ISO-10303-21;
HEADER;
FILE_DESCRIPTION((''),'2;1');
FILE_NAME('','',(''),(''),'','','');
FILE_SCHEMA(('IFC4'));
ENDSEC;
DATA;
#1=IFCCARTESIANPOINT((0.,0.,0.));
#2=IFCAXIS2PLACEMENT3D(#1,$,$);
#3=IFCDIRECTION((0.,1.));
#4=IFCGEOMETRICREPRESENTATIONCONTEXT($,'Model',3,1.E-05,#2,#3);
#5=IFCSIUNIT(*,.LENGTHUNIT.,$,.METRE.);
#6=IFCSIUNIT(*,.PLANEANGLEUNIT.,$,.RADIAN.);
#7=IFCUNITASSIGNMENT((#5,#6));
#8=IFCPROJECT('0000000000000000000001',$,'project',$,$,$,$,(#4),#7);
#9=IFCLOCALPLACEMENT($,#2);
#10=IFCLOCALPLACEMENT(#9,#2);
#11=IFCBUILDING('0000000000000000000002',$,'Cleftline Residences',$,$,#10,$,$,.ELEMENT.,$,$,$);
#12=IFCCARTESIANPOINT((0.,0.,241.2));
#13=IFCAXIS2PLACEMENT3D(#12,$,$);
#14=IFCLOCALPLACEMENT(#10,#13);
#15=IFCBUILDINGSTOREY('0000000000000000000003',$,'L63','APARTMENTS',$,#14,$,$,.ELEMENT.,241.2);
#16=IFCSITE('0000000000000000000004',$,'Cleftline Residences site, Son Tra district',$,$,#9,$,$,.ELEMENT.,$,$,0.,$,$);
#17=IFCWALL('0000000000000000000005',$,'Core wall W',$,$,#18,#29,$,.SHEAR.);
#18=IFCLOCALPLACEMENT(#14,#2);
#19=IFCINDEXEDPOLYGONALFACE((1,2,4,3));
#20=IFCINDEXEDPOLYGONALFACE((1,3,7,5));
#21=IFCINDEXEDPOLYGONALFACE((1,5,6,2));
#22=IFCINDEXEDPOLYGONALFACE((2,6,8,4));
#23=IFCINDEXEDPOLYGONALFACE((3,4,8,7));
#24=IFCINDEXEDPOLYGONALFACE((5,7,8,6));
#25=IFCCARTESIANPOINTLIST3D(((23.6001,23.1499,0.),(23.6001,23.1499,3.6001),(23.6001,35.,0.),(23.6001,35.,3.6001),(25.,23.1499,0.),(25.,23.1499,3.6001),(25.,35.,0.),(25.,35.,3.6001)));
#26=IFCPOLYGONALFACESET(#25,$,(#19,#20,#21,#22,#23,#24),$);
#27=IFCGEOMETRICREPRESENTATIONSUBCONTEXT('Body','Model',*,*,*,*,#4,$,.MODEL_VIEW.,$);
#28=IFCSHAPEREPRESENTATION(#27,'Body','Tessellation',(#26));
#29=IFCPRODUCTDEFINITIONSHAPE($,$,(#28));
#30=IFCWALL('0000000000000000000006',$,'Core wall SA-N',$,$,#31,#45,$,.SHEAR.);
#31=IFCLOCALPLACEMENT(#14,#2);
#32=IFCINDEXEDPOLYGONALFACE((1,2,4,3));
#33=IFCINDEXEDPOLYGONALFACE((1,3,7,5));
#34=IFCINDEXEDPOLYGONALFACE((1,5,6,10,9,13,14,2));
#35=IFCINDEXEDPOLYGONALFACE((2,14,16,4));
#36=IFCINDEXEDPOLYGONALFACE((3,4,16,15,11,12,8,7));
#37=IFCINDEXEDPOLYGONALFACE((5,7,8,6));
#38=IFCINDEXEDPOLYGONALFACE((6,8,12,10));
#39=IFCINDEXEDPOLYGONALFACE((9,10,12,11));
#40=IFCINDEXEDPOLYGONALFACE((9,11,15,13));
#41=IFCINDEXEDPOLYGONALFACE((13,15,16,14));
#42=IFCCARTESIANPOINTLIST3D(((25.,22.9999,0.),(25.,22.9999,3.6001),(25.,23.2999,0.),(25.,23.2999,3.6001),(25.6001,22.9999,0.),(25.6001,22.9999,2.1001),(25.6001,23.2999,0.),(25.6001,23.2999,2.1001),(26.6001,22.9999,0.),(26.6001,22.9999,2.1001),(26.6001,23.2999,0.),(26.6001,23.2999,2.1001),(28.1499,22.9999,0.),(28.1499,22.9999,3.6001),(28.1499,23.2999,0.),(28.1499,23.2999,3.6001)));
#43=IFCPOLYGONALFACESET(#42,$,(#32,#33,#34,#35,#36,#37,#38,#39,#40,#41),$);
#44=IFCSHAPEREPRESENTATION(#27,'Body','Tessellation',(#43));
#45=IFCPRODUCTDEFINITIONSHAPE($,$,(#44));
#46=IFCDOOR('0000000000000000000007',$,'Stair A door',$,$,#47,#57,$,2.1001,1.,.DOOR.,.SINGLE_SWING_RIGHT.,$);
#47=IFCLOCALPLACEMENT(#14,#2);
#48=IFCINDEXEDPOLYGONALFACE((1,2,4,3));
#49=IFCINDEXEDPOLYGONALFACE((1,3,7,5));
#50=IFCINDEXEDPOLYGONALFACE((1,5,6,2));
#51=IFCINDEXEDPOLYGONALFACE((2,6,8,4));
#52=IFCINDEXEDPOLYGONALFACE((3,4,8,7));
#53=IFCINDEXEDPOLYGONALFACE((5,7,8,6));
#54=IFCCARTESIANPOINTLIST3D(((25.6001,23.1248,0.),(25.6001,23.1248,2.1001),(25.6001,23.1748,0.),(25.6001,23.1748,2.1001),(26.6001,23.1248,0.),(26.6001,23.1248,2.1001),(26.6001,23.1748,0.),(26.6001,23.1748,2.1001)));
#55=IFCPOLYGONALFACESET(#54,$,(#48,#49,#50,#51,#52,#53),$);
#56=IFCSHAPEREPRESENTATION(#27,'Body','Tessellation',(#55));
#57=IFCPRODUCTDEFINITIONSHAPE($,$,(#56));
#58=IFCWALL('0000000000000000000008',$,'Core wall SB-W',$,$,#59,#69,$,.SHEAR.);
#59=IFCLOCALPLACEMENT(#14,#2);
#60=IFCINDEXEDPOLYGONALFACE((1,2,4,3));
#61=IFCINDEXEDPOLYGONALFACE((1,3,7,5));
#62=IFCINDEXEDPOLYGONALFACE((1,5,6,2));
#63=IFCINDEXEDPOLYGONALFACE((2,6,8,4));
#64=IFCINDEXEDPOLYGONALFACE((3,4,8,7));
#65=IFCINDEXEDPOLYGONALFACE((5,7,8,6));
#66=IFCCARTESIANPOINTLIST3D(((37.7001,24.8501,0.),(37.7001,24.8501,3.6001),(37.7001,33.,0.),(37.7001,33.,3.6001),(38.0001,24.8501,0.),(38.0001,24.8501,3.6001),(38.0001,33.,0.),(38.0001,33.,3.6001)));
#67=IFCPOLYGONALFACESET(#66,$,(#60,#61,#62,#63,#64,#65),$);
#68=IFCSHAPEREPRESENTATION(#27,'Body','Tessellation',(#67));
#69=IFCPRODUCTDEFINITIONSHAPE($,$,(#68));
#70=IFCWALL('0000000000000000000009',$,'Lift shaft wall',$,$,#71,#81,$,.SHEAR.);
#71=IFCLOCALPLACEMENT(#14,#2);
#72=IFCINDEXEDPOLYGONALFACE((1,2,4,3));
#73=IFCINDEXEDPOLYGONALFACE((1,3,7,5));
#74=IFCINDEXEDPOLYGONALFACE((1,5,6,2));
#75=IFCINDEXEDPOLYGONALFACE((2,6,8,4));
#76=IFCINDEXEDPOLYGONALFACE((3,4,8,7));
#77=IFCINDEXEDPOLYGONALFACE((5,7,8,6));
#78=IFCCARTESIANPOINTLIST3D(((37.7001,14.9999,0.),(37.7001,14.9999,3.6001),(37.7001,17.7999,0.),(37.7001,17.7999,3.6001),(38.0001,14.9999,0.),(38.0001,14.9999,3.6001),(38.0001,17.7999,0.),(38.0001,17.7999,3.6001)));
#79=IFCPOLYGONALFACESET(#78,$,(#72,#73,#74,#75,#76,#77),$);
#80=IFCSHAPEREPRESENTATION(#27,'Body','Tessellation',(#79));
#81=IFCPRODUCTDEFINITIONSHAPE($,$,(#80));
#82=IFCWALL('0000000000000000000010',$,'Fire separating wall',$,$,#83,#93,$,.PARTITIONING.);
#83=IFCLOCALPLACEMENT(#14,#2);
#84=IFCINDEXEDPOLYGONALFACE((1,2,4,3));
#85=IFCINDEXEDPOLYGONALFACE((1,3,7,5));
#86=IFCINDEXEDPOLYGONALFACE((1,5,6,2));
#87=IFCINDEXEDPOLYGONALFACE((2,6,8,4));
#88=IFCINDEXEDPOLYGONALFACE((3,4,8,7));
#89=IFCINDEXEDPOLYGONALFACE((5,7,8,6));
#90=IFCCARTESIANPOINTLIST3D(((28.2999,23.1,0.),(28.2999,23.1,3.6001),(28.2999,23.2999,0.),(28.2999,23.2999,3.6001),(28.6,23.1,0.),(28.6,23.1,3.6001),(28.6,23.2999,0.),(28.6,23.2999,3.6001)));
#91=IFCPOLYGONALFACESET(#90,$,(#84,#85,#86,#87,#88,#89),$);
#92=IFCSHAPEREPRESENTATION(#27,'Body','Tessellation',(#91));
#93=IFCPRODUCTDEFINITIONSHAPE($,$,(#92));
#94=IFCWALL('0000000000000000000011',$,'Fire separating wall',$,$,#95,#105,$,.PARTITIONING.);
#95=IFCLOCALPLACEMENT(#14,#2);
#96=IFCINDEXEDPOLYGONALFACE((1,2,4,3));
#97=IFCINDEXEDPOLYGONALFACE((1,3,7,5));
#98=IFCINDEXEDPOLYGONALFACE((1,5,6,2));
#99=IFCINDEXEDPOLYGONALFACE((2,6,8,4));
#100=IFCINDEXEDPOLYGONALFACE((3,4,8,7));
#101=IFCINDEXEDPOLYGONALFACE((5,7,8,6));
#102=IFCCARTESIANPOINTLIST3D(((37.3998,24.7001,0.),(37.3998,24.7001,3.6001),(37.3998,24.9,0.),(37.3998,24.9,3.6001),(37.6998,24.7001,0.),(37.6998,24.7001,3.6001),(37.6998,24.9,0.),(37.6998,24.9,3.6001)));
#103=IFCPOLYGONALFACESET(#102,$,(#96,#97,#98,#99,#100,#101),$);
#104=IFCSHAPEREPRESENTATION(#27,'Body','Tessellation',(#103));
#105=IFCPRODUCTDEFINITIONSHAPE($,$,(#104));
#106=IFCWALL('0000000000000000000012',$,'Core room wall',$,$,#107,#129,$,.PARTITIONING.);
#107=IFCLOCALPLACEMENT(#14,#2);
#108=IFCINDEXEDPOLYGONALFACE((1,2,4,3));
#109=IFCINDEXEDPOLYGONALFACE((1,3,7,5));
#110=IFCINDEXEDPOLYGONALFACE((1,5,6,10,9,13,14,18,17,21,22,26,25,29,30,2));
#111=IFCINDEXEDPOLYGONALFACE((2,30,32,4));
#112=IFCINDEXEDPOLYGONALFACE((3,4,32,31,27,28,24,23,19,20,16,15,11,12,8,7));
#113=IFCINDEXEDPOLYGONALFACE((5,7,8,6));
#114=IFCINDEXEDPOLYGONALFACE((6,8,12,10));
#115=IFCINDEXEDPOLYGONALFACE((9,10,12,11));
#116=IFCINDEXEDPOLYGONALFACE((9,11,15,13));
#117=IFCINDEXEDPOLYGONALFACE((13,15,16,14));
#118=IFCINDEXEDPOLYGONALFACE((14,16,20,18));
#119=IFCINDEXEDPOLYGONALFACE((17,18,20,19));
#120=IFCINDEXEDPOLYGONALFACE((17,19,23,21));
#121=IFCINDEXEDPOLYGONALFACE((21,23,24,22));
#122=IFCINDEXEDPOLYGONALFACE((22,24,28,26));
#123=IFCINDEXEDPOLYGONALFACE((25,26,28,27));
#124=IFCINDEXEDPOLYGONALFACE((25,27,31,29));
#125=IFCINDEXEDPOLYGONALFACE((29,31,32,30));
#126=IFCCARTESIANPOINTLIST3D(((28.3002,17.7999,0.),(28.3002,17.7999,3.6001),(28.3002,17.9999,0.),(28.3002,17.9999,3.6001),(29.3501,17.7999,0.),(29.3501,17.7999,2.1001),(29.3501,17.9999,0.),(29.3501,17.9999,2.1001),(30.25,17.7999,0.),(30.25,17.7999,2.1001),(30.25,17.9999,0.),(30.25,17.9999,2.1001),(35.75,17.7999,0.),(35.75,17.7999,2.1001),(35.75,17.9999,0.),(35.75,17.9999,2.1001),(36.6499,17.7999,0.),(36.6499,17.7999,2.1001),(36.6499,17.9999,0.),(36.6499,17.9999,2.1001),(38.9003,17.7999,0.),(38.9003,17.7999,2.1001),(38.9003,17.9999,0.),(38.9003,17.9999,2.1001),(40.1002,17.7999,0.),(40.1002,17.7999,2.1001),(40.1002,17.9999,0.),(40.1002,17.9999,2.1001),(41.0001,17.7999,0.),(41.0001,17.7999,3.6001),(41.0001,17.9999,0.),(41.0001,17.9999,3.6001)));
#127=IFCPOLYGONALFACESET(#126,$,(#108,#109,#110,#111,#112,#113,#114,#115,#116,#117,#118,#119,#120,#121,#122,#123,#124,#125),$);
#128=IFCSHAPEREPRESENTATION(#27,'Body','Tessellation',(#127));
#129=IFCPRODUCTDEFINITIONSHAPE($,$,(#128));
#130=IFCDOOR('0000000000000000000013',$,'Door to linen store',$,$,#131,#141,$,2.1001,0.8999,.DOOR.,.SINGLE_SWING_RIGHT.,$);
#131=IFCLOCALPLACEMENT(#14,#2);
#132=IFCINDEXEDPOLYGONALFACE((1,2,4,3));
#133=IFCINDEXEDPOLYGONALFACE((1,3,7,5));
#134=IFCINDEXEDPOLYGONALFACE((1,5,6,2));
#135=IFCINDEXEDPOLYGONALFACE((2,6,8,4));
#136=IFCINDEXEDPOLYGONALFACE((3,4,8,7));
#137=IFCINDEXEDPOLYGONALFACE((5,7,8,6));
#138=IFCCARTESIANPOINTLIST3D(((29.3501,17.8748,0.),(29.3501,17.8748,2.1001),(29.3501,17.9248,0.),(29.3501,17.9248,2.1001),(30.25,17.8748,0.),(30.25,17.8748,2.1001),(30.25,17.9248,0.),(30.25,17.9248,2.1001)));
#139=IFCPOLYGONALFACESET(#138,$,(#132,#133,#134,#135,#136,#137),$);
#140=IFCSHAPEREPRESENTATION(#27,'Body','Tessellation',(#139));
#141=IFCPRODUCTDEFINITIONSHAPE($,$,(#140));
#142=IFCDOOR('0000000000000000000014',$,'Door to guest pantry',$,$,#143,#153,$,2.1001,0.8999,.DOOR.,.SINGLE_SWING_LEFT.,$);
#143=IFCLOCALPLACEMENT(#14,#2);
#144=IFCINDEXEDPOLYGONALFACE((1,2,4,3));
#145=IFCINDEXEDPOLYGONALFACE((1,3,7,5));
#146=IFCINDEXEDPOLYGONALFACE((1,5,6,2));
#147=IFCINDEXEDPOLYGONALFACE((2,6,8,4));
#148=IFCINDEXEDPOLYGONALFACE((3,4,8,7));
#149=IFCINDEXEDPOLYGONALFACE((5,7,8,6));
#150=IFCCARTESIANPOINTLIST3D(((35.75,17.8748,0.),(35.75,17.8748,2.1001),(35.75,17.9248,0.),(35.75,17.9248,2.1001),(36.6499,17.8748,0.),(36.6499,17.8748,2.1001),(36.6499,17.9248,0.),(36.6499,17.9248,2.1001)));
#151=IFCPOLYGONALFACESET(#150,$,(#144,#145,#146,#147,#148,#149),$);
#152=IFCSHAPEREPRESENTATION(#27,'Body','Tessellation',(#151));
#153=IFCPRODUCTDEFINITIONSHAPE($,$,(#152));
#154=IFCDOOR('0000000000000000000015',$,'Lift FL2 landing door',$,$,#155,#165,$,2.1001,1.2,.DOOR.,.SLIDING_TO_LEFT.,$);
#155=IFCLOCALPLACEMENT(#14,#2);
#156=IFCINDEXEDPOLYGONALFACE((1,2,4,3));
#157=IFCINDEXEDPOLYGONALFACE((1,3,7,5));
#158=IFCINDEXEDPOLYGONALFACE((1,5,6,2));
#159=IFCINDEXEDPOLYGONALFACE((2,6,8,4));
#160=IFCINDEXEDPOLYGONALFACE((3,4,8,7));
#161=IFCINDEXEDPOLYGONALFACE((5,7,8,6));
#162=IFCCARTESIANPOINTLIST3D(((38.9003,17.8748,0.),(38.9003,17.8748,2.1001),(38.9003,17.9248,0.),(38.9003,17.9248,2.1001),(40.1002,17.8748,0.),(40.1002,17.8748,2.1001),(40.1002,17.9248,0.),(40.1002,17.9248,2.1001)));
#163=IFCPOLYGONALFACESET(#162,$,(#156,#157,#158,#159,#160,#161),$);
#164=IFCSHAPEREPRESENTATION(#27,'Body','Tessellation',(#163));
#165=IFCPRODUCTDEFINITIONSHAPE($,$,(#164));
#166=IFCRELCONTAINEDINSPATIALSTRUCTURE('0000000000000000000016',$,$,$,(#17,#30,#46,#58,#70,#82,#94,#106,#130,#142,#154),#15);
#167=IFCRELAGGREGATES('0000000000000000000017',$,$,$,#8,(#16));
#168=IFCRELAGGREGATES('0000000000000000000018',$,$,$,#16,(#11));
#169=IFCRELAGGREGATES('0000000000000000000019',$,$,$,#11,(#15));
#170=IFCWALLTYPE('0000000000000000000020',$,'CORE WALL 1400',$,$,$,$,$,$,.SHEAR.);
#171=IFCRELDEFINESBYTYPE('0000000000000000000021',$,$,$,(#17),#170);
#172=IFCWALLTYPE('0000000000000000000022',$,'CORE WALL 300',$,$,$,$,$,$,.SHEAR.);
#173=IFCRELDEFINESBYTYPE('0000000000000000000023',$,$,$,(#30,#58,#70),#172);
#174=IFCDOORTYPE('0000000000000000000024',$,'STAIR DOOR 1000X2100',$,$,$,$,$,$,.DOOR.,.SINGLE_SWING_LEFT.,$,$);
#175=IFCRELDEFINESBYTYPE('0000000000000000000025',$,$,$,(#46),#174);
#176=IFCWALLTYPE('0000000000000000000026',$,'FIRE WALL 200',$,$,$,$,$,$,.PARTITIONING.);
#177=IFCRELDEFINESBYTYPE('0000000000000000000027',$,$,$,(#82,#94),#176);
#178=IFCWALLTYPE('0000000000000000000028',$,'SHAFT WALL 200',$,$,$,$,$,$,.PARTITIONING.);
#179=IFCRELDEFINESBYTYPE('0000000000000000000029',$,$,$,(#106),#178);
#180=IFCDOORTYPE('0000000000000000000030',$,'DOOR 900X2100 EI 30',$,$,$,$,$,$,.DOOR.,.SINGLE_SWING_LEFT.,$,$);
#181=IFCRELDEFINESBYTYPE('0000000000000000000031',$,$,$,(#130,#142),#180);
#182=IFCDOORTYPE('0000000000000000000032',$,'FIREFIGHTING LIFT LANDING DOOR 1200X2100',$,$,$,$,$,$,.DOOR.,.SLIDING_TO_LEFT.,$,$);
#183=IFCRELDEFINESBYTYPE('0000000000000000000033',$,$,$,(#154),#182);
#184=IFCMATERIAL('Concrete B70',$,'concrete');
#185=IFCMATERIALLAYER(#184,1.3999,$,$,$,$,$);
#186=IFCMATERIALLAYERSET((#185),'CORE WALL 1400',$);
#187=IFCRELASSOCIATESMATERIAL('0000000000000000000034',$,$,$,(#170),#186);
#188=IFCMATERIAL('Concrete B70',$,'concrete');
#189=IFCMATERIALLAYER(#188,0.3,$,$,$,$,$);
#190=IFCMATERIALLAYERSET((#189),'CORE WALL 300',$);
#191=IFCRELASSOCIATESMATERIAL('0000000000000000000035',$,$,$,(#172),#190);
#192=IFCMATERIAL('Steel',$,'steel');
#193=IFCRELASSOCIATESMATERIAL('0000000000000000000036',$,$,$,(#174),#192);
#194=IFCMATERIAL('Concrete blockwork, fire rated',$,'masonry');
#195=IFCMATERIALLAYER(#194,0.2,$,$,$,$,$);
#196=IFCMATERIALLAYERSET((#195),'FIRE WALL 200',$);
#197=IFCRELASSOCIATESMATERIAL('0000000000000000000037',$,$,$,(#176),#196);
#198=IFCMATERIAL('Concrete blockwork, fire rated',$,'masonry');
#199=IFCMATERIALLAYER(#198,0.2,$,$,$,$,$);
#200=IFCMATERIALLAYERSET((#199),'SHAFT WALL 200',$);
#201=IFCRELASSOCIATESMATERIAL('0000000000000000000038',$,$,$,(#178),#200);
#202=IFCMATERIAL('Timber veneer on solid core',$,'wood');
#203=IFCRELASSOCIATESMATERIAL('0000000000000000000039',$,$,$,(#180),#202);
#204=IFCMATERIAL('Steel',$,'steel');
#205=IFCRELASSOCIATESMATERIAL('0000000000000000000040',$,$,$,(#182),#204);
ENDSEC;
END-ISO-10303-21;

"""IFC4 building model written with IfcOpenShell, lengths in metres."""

from ifc_helpers import new_model, si_unit, direction, frame, frame_2d, origin, place, context, subcontext, project, spatial, rectangle, extrude, material, layer, layer_set, type_object, element, fill, save


model = new_model("IFC4")

# Units and contexts
model_context = context("Model", 3, precision=1e-05, world=origin(), true_north=direction((0.0, 1.0)))
body_context = subcontext(model_context, "Body", "Model", "MODEL_VIEW")
ifc_project = project(units=[si_unit("LENGTHUNIT", "METRE"), si_unit("PLANEANGLEUNIT", "RADIAN")], contexts=[model_context])

# Site, building, storey
site_placement = place(None, origin())
site = spatial("IfcSite", under=ifc_project, at=site_placement, Name="Cleftline Residences site, Son Tra district", CompositionType="ELEMENT", RefElevation=0.0)
building_placement = place(site_placement, origin())
building = spatial("IfcBuilding", under=site, at=building_placement, Name="Cleftline Residences", CompositionType="ELEMENT")
storey_placement = place(building_placement, frame((0.0, 0.0, 241.2)))
storey = spatial("IfcBuildingStorey", under=building, at=storey_placement, Name="L63", Description="APARTMENTS", CompositionType="ELEMENT", Elevation=241.2)

# Wall
ifc_material_1 = material(Name="Concrete B70", Category="concrete")
ifc_layer_1 = layer(ifc_material_1, 1.3999)
ifc_layer_set_1 = layer_set([ifc_layer_1], Name="CORE WALL 1400")
wall_type_1 = type_object("IfcWallType", Name="CORE WALL 1400", PredefinedType="SHEAR", material=ifc_layer_set_1)
wall_1_placement = place(storey_placement, frame((24.3, 23.1499, 0.0), z_axis=(0.0, 0.0, 1.0), x_axis=(0.0, 1.0, 0.0)))
element("IfcWall", 1, at=wall_1_placement, inside=storey, type_object=wall_type_1, Name="Core wall W", PredefinedType="SHEAR", context=body_context, shape_type="SweptSolid", body=[
    extrude(rectangle(XDim=11.8501, YDim=1.3999, at=frame_2d((5.925, 0.0))), origin(), (0.0, 0.0, 1.0), 3.6001),
])

# Wall, opening, door
ifc_material_2 = material(Name="Concrete B70", Category="concrete")
ifc_layer_2 = layer(ifc_material_2, 0.3)
ifc_layer_set_2 = layer_set([ifc_layer_2], Name="CORE WALL 300")
wall_type_2 = type_object("IfcWallType", Name="CORE WALL 300", PredefinedType="SHEAR", material=ifc_layer_set_2)
wall_2_placement = place(storey_placement, frame((25.0, 23.1499, 0.0), z_axis=(0.0, 0.0, 1.0), x_axis=(1.0, 0.0, 0.0)))
wall_2 = element("IfcWall", 2, at=wall_2_placement, inside=storey, type_object=wall_type_2, Name="Core wall SA-N", PredefinedType="SHEAR", context=body_context, shape_type="SweptSolid", body=[
    extrude(rectangle(XDim=3.1499, YDim=0.3, at=frame_2d((1.575, 0.0))), origin(), (0.0, 0.0, 1.0), 3.6001),
])
opening_1_placement = place(wall_2_placement, frame((0.6001, 0.0, 0.0)))
opening_1 = element("IfcOpeningElement", 3, at=opening_1_placement, cuts=wall_2, PredefinedType="OPENING", context=body_context, shape_type="SweptSolid", body=[
    extrude(rectangle(XDim=1.0, YDim=2.1001, at=frame_2d((0.5, 1.05))), frame((0.0, 0.1599, 0.0), z_axis=(0.0, -1.0, 0.0), x_axis=(1.0, 0.0, 0.0)), (0.0, 0.0, 1.0), 0.3201),
])
ifc_material_3 = material(Name="Steel", Category="steel")
door_type_1 = type_object("IfcDoorType", Name="STAIR DOOR 1000X2100", OperationType="SINGLE_SWING_LEFT", PredefinedType="DOOR", material=ifc_material_3)
door_1_placement = place(opening_1_placement, origin())
door_1 = element("IfcDoor", 4, at=door_1_placement, inside=storey, type_object=door_type_1, Name="Stair A door", OperationType="SINGLE_SWING_RIGHT", OverallHeight=2.1001, OverallWidth=1.0, PredefinedType="DOOR", context=body_context, shape_type="SweptSolid", body=[
    extrude(rectangle(XDim=1.0, YDim=2.1001, at=frame_2d((0.5, 1.05))), frame((0.0, 0.0249, 0.0), z_axis=(0.0, -1.0, 0.0), x_axis=(1.0, 0.0, 0.0)), (0.0, 0.0, 1.0), 0.05),
])
fill(opening_1, door_1)

# Walls
wall_3_placement = place(storey_placement, frame((37.8501, 24.8501, 0.0), z_axis=(0.0, 0.0, 1.0), x_axis=(0.0, 1.0, 0.0)))
element("IfcWall", 5, at=wall_3_placement, inside=storey, type_object=wall_type_2, Name="Core wall SB-W", PredefinedType="SHEAR", context=body_context, shape_type="SweptSolid", body=[
    extrude(rectangle(XDim=8.1499, YDim=0.3, at=frame_2d((4.075, 0.0))), origin(), (0.0, 0.0, 1.0), 3.6001),
])
wall_4_placement = place(storey_placement, frame((37.8501, 15.0, 0.0), z_axis=(0.0, 0.0, 1.0), x_axis=(0.0, 1.0, 0.0)))
element("IfcWall", 6, at=wall_4_placement, inside=storey, type_object=wall_type_2, Name="Lift shaft wall", PredefinedType="SHEAR", context=body_context, shape_type="SweptSolid", body=[
    extrude(rectangle(XDim=2.8, YDim=0.3, at=frame_2d((1.3999, 0.0))), origin(), (0.0, 0.0, 1.0), 3.6001),
])
ifc_material_4 = material(Name="Concrete blockwork, fire rated", Category="masonry")
ifc_layer_3 = layer(ifc_material_4, 0.2)
ifc_layer_set_3 = layer_set([ifc_layer_3], Name="FIRE WALL 200")
wall_type_3 = type_object("IfcWallType", Name="FIRE WALL 200", PredefinedType="PARTITIONING", material=ifc_layer_set_3)
for number, where, z_axis, x_axis, name in (
    (7, (28.3, 23.2, 0.0), (0.0, 0.0, 1.0), (1.0, 0.0, 0.0), "Fire separating wall"),
    (8, (37.3999, 24.8, 0.0), (0.0, 0.0, 1.0), (1.0, 0.0, 0.0), "Fire separating wall"),
):
    element("IfcWall", number, at=place(storey_placement, frame(where, z_axis=z_axis, x_axis=x_axis)), inside=storey, type_object=wall_type_3, Name=name, PredefinedType="PARTITIONING", context=body_context, shape_type="SweptSolid", body=[
        extrude(rectangle(XDim=0.3, YDim=0.2, at=frame_2d((0.1499, 0.0))), origin(), (0.0, 0.0, 1.0), 3.6001),
    ])

# Wall, openings, doors
ifc_material_5 = material(Name="Concrete blockwork, fire rated", Category="masonry")
ifc_layer_4 = layer(ifc_material_5, 0.2)
ifc_layer_set_4 = layer_set([ifc_layer_4], Name="SHAFT WALL 200")
wall_type_4 = type_object("IfcWallType", Name="SHAFT WALL 200", PredefinedType="PARTITIONING", material=ifc_layer_set_4)
wall_5_placement = place(storey_placement, frame((28.3, 17.8999, 0.0), z_axis=(0.0, 0.0, 1.0), x_axis=(1.0, 0.0, 0.0)))
wall_5 = element("IfcWall", 9, at=wall_5_placement, inside=storey, type_object=wall_type_4, Name="Core room wall", PredefinedType="PARTITIONING", context=body_context, shape_type="SweptSolid", body=[
    extrude(rectangle(XDim=12.7, YDim=0.2, at=frame_2d((6.3501, 0.0))), origin(), (0.0, 0.0, 1.0), 3.6001),
])
opening_2_placement = place(wall_5_placement, frame((1.05, 0.0, 0.0)))
opening_2 = element("IfcOpeningElement", 10, at=opening_2_placement, cuts=wall_5, PredefinedType="OPENING", context=body_context, shape_type="SweptSolid", body=[
    extrude(rectangle(XDim=0.8999, YDim=2.1001, at=frame_2d((0.45, 1.05))), frame((0.0, 0.1099, 0.0), z_axis=(0.0, -1.0, 0.0), x_axis=(1.0, 0.0, 0.0)), (0.0, 0.0, 1.0), 0.22),
])
opening_3_placement = place(wall_5_placement, frame((7.45, 0.0, 0.0)))
opening_3 = element("IfcOpeningElement", 11, at=opening_3_placement, cuts=wall_5, PredefinedType="OPENING", context=body_context, shape_type="SweptSolid", body=[
    extrude(rectangle(XDim=0.8999, YDim=2.1001, at=frame_2d((0.45, 1.05))), frame((0.0, 0.1099, 0.0), z_axis=(0.0, -1.0, 0.0), x_axis=(1.0, 0.0, 0.0)), (0.0, 0.0, 1.0), 0.22),
])
opening_4_placement = place(wall_5_placement, frame((10.6001, 0.0, 0.0)))
opening_4 = element("IfcOpeningElement", 12, at=opening_4_placement, cuts=wall_5, PredefinedType="OPENING", context=body_context, shape_type="SweptSolid", body=[
    extrude(rectangle(XDim=1.2, YDim=2.1001, at=frame_2d((0.6001, 1.05))), frame((0.0, 0.1099, 0.0), z_axis=(0.0, -1.0, 0.0), x_axis=(1.0, 0.0, 0.0)), (0.0, 0.0, 1.0), 0.22),
])
ifc_material_6 = material(Name="Timber veneer on solid core", Category="wood")
door_type_2 = type_object("IfcDoorType", Name="DOOR 900X2100 EI 30", OperationType="SINGLE_SWING_LEFT", PredefinedType="DOOR", material=ifc_material_6)
door_2_placement = place(opening_2_placement, origin())
door_2 = element("IfcDoor", 13, at=door_2_placement, inside=storey, type_object=door_type_2, Name="Door to linen store", OperationType="SINGLE_SWING_RIGHT", OverallHeight=2.1001, OverallWidth=0.8999, PredefinedType="DOOR", context=body_context, shape_type="SweptSolid", body=[
    extrude(rectangle(XDim=0.8999, YDim=2.1001, at=frame_2d((0.45, 1.05))), frame((0.0, 0.0249, 0.0), z_axis=(0.0, -1.0, 0.0), x_axis=(1.0, 0.0, 0.0)), (0.0, 0.0, 1.0), 0.05),
])
fill(opening_2, door_2)
door_3_placement = place(opening_3_placement, origin())
door_3 = element("IfcDoor", 14, at=door_3_placement, inside=storey, type_object=door_type_2, Name="Door to guest pantry", OperationType="SINGLE_SWING_LEFT", OverallHeight=2.1001, OverallWidth=0.8999, PredefinedType="DOOR", context=body_context, shape_type="SweptSolid", body=[
    extrude(rectangle(XDim=0.8999, YDim=2.1001, at=frame_2d((0.45, 1.05))), frame((0.0, 0.0249, 0.0), z_axis=(0.0, -1.0, 0.0), x_axis=(1.0, 0.0, 0.0)), (0.0, 0.0, 1.0), 0.05),
])
fill(opening_3, door_3)
ifc_material_7 = material(Name="Steel", Category="steel")
door_type_3 = type_object("IfcDoorType", Name="FIREFIGHTING LIFT LANDING DOOR 1200X2100", OperationType="SLIDING_TO_LEFT", PredefinedType="DOOR", material=ifc_material_7)
door_4_placement = place(opening_4_placement, origin())
door_4 = element("IfcDoor", 15, at=door_4_placement, inside=storey, type_object=door_type_3, Name="Lift FL2 landing door", OperationType="SLIDING_TO_LEFT", OverallHeight=2.1001, OverallWidth=1.2, PredefinedType="DOOR", context=body_context, shape_type="SweptSolid", body=[
    extrude(rectangle(XDim=1.2, YDim=2.1001, at=frame_2d((0.6001, 1.05))), frame((0.0, 0.0249, 0.0), z_axis=(0.0, -1.0, 0.0), x_axis=(1.0, 0.0, 0.0)), (0.0, 0.0, 1.0), 0.05),
])
fill(opening_4, door_4)

save(model, "model.ifc")
